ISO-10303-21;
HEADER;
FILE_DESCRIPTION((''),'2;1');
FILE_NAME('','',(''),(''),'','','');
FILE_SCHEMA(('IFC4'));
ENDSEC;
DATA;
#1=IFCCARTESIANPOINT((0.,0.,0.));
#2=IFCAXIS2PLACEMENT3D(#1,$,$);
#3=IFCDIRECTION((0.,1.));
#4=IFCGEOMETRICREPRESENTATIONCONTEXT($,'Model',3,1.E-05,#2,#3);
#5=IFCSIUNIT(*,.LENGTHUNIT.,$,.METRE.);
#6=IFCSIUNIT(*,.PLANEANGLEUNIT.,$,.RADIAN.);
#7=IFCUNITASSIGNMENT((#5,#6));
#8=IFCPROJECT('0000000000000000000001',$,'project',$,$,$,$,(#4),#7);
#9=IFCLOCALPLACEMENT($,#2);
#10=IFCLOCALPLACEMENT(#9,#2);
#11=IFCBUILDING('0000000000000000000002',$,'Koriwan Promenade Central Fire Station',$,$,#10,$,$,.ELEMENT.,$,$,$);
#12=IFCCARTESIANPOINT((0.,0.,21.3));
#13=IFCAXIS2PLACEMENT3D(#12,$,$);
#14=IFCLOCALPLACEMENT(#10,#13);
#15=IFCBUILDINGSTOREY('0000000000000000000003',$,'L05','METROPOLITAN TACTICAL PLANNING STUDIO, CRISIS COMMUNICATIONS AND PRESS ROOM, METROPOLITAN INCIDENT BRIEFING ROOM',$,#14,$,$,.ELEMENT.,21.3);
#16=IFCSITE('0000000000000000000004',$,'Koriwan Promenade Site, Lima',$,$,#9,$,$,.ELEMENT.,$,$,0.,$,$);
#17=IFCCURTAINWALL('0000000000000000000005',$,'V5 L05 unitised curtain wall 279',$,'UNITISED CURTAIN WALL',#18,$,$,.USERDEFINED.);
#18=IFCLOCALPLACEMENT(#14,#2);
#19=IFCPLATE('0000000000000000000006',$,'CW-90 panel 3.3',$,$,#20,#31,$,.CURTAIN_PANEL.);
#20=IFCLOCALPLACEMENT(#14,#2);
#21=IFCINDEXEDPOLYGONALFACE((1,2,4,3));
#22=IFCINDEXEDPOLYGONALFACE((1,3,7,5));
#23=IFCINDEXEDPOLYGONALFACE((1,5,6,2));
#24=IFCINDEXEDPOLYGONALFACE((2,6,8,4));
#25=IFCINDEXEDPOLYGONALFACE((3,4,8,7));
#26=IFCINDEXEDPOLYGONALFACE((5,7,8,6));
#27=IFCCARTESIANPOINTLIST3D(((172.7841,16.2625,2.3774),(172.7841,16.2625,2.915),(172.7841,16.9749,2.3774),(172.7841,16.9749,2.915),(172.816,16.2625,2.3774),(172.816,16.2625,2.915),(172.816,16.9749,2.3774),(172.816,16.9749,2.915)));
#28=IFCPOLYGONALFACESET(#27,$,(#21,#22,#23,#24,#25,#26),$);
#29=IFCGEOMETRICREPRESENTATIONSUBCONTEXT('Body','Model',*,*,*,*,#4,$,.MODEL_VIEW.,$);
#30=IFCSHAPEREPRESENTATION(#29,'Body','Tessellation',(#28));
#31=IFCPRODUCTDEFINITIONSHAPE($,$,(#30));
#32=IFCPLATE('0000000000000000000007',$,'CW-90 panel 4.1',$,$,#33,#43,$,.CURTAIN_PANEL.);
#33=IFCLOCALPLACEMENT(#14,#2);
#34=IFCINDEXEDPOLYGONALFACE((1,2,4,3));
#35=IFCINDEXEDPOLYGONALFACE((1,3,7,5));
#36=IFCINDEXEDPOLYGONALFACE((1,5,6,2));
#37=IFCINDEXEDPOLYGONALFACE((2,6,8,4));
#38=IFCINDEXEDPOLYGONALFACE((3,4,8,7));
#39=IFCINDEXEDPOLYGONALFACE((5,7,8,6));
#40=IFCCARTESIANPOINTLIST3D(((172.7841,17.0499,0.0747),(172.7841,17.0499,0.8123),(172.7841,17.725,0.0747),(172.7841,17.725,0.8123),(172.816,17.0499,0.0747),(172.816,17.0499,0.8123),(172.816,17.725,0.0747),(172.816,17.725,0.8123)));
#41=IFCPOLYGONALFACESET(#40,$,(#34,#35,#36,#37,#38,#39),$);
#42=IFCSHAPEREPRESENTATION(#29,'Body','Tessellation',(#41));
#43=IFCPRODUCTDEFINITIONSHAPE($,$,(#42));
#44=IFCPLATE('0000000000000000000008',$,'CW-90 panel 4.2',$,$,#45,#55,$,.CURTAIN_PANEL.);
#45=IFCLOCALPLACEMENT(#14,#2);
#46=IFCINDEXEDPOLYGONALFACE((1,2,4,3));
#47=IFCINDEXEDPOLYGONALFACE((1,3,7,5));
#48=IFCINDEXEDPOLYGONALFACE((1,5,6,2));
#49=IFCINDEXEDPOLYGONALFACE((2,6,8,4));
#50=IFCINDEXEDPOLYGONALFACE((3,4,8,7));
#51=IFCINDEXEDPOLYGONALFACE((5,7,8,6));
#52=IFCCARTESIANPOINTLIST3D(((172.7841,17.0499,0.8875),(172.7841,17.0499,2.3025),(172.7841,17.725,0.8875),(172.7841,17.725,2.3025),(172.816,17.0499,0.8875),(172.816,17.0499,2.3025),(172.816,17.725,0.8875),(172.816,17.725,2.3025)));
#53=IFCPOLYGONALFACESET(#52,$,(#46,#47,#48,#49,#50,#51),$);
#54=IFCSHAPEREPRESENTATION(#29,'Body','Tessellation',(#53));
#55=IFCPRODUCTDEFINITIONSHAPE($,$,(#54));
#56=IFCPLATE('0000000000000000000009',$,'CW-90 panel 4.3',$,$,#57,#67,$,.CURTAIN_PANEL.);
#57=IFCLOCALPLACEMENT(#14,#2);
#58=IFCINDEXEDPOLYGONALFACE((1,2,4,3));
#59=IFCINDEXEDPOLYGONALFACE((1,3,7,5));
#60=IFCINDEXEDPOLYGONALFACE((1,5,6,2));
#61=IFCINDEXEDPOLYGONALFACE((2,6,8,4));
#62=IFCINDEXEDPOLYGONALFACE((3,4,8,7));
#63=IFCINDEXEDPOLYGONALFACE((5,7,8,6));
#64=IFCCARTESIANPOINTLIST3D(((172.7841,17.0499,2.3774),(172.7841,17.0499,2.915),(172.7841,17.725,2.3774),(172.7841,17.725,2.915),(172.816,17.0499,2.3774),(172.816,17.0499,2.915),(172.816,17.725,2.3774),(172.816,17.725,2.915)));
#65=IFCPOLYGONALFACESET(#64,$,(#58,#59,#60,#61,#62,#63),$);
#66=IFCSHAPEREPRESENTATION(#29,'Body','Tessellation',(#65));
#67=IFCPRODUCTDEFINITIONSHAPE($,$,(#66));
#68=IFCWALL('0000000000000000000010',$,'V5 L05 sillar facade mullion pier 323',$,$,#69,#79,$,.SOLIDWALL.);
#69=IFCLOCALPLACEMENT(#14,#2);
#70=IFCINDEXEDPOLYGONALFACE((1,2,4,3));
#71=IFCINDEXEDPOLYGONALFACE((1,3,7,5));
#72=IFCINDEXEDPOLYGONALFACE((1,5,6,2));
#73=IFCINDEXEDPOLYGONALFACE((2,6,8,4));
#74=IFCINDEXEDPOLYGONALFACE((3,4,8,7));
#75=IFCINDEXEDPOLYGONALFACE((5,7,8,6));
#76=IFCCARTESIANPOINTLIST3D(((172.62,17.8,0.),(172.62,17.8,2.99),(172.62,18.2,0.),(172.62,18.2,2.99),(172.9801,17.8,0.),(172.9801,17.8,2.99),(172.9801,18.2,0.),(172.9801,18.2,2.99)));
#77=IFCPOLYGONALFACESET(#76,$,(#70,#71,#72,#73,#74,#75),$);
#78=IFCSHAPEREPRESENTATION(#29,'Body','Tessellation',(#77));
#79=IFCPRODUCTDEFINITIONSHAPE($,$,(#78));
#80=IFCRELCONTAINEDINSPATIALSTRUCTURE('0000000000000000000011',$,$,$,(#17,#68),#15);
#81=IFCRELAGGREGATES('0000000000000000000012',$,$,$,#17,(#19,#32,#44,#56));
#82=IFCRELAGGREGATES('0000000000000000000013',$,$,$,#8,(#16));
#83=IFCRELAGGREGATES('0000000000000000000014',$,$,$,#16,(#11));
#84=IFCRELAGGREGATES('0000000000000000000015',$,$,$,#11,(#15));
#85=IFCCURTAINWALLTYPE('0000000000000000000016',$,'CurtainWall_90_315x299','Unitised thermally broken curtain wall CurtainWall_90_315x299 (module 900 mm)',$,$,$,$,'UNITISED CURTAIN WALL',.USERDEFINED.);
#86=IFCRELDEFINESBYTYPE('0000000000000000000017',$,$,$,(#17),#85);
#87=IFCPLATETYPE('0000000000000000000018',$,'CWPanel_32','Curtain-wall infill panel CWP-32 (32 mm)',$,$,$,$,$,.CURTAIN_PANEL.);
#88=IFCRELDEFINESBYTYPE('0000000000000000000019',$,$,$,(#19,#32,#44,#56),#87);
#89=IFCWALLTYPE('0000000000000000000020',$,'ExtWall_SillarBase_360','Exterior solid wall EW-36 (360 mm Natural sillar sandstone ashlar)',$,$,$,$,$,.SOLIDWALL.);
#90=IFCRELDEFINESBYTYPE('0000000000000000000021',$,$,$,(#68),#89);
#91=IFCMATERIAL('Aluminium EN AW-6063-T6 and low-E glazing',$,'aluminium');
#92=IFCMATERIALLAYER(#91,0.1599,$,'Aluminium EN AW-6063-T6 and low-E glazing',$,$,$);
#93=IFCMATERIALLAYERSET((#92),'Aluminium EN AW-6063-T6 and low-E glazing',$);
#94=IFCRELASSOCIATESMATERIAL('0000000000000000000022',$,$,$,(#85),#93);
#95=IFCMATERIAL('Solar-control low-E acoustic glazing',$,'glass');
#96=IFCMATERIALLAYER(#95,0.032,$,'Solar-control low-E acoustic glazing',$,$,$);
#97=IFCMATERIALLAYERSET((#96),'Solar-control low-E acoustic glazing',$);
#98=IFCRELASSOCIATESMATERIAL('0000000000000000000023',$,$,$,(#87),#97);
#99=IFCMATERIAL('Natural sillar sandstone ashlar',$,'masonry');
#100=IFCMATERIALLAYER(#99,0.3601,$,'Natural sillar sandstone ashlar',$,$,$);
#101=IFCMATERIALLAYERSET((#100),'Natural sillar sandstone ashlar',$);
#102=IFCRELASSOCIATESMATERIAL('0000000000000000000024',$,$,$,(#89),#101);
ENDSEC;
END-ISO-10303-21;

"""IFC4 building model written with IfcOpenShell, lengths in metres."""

from ifc_helpers import new_model, si_unit, direction, frame, frame_2d, origin, origin_2d, place, context, subcontext, project, spatial, rectangle, extrude, material, layer, layer_set, type_object, element, aggregate, save


model = new_model("IFC4")

# Units and contexts
model_context = context("Model", 3, precision=1e-05, world=origin(), true_north=direction((0.0, 1.0)))
body_context = subcontext(model_context, "Body", "Model", "MODEL_VIEW")
ifc_project = project(units=[si_unit("LENGTHUNIT", "METRE"), si_unit("PLANEANGLEUNIT", "RADIAN")], contexts=[model_context])

# Site, building, storey
site_placement = place(None, origin())
site = spatial("IfcSite", under=ifc_project, at=site_placement, Name="Koriwan Promenade Site, Lima", CompositionType="ELEMENT", RefElevation=0.0)
building_placement = place(site_placement, origin())
building = spatial("IfcBuilding", under=site, at=building_placement, Name="Koriwan Promenade Central Fire Station", CompositionType="ELEMENT")
storey_placement = place(building_placement, frame((0.0, 0.0, 21.3)))
storey = spatial("IfcBuildingStorey", under=building, at=storey_placement, Name="L05", Description="METROPOLITAN TACTICAL PLANNING STUDIO, CRISIS COMMUNICATIONS AND PRESS ROOM, METROPOLITAN INCIDENT BRIEFING ROOM", CompositionType="ELEMENT", Elevation=21.3)

# Curtain wall
ifc_material_1 = material(Name="Aluminium EN AW-6063-T6 and low-E glazing", Category="aluminium")
ifc_layer_1 = layer(ifc_material_1, 0.1599, Name="Aluminium EN AW-6063-T6 and low-E glazing")
ifc_layer_set_1 = layer_set([ifc_layer_1], Name="Aluminium EN AW-6063-T6 and low-E glazing")
curtain_wall_type_1 = type_object("IfcCurtainWallType", Name="CurtainWall_90_315x299", Description="Unitised thermally broken curtain wall CurtainWall_90_315x299 (module 900 mm)", ElementType="UNITISED CURTAIN WALL", PredefinedType="USERDEFINED", material=ifc_layer_set_1)
curtain_wall_1_placement = place(storey_placement, origin())
curtain_wall_1 = element("IfcCurtainWall", 1, at=curtain_wall_1_placement, inside=storey, type_object=curtain_wall_type_1, Name="V5 L05 unitised curtain wall 279", ObjectType="UNITISED CURTAIN WALL", PredefinedType="USERDEFINED")

# Plates
ifc_material_2 = material(Name="Solar-control low-E acoustic glazing", Category="glass")
ifc_layer_2 = layer(ifc_material_2, 0.032, Name="Solar-control low-E acoustic glazing")
ifc_layer_set_2 = layer_set([ifc_layer_2], Name="Solar-control low-E acoustic glazing")
plate_type = type_object("IfcPlateType", Name="CWPanel_32", Description="Curtain-wall infill panel CWP-32 (32 mm)", PredefinedType="CURTAIN_PANEL", material=ifc_layer_set_2)
plate_1_placement = place(storey_placement, frame((172.8, 16.6187, 2.3774), z_axis=(0.0, 0.0, 1.0), x_axis=(0.0, 1.0, 0.0)))
plate_1 = element("IfcPlate", 2, at=plate_1_placement, type_object=plate_type, Name="CW-90 panel 3.3", PredefinedType="CURTAIN_PANEL", context=body_context, shape_type="SweptSolid", body=[
    extrude(rectangle(XDim=0.7124, YDim=0.032, at=origin_2d()), origin(), (0.0, 0.0, 1.0), 0.5376),
])
plate_2_placement = place(storey_placement, frame((172.8, 17.3875, 0.0747), z_axis=(0.0, 0.0, 1.0), x_axis=(0.0, 1.0, 0.0)))
plate_2 = element("IfcPlate", 3, at=plate_2_placement, type_object=plate_type, Name="CW-90 panel 4.1", PredefinedType="CURTAIN_PANEL", context=body_context, shape_type="SweptSolid", body=[
    extrude(rectangle(XDim=0.675, YDim=0.032, at=origin_2d()), origin(), (0.0, 0.0, 1.0), 0.7375),
])
plate_3_placement = place(storey_placement, frame((172.8, 17.3875, 0.8875), z_axis=(0.0, 0.0, 1.0), x_axis=(0.0, 1.0, 0.0)))
plate_3 = element("IfcPlate", 4, at=plate_3_placement, type_object=plate_type, Name="CW-90 panel 4.2", PredefinedType="CURTAIN_PANEL", context=body_context, shape_type="SweptSolid", body=[
    extrude(rectangle(XDim=0.675, YDim=0.032, at=origin_2d()), origin(), (0.0, 0.0, 1.0), 1.415),
])
plate_4_placement = place(storey_placement, frame((172.8, 17.3875, 2.3774), z_axis=(0.0, 0.0, 1.0), x_axis=(0.0, 1.0, 0.0)))
plate_4 = element("IfcPlate", 5, at=plate_4_placement, type_object=plate_type, Name="CW-90 panel 4.3", PredefinedType="CURTAIN_PANEL", context=body_context, shape_type="SweptSolid", body=[
    extrude(rectangle(XDim=0.675, YDim=0.032, at=origin_2d()), origin(), (0.0, 0.0, 1.0), 0.5376),
])
aggregate(curtain_wall_1, [plate_1, plate_2, plate_3, plate_4])

# Wall
ifc_material_3 = material(Name="Natural sillar sandstone ashlar", Category="masonry")
ifc_layer_3 = layer(ifc_material_3, 0.3601, Name="Natural sillar sandstone ashlar")
ifc_layer_set_3 = layer_set([ifc_layer_3], Name="Natural sillar sandstone ashlar")
wall_type = type_object("IfcWallType", Name="ExtWall_SillarBase_360", Description="Exterior solid wall EW-36 (360 mm Natural sillar sandstone ashlar)", PredefinedType="SOLIDWALL", material=ifc_layer_set_3)
wall_placement = place(storey_placement, frame((172.8, 17.8, 0.0), z_axis=(0.0, 0.0, 1.0), x_axis=(0.0, 1.0, 0.0)))
element("IfcWall", 6, at=wall_placement, inside=storey, type_object=wall_type, Name="V5 L05 sillar facade mullion pier 323", PredefinedType="SOLIDWALL", context=body_context, shape_type="SweptSolid", body=[
    extrude(rectangle(XDim=0.3999, YDim=0.3601, at=frame_2d((0.2, 0.0))), origin(), (0.0, 0.0, 1.0), 2.99),
])

save(model, "model.ifc")
